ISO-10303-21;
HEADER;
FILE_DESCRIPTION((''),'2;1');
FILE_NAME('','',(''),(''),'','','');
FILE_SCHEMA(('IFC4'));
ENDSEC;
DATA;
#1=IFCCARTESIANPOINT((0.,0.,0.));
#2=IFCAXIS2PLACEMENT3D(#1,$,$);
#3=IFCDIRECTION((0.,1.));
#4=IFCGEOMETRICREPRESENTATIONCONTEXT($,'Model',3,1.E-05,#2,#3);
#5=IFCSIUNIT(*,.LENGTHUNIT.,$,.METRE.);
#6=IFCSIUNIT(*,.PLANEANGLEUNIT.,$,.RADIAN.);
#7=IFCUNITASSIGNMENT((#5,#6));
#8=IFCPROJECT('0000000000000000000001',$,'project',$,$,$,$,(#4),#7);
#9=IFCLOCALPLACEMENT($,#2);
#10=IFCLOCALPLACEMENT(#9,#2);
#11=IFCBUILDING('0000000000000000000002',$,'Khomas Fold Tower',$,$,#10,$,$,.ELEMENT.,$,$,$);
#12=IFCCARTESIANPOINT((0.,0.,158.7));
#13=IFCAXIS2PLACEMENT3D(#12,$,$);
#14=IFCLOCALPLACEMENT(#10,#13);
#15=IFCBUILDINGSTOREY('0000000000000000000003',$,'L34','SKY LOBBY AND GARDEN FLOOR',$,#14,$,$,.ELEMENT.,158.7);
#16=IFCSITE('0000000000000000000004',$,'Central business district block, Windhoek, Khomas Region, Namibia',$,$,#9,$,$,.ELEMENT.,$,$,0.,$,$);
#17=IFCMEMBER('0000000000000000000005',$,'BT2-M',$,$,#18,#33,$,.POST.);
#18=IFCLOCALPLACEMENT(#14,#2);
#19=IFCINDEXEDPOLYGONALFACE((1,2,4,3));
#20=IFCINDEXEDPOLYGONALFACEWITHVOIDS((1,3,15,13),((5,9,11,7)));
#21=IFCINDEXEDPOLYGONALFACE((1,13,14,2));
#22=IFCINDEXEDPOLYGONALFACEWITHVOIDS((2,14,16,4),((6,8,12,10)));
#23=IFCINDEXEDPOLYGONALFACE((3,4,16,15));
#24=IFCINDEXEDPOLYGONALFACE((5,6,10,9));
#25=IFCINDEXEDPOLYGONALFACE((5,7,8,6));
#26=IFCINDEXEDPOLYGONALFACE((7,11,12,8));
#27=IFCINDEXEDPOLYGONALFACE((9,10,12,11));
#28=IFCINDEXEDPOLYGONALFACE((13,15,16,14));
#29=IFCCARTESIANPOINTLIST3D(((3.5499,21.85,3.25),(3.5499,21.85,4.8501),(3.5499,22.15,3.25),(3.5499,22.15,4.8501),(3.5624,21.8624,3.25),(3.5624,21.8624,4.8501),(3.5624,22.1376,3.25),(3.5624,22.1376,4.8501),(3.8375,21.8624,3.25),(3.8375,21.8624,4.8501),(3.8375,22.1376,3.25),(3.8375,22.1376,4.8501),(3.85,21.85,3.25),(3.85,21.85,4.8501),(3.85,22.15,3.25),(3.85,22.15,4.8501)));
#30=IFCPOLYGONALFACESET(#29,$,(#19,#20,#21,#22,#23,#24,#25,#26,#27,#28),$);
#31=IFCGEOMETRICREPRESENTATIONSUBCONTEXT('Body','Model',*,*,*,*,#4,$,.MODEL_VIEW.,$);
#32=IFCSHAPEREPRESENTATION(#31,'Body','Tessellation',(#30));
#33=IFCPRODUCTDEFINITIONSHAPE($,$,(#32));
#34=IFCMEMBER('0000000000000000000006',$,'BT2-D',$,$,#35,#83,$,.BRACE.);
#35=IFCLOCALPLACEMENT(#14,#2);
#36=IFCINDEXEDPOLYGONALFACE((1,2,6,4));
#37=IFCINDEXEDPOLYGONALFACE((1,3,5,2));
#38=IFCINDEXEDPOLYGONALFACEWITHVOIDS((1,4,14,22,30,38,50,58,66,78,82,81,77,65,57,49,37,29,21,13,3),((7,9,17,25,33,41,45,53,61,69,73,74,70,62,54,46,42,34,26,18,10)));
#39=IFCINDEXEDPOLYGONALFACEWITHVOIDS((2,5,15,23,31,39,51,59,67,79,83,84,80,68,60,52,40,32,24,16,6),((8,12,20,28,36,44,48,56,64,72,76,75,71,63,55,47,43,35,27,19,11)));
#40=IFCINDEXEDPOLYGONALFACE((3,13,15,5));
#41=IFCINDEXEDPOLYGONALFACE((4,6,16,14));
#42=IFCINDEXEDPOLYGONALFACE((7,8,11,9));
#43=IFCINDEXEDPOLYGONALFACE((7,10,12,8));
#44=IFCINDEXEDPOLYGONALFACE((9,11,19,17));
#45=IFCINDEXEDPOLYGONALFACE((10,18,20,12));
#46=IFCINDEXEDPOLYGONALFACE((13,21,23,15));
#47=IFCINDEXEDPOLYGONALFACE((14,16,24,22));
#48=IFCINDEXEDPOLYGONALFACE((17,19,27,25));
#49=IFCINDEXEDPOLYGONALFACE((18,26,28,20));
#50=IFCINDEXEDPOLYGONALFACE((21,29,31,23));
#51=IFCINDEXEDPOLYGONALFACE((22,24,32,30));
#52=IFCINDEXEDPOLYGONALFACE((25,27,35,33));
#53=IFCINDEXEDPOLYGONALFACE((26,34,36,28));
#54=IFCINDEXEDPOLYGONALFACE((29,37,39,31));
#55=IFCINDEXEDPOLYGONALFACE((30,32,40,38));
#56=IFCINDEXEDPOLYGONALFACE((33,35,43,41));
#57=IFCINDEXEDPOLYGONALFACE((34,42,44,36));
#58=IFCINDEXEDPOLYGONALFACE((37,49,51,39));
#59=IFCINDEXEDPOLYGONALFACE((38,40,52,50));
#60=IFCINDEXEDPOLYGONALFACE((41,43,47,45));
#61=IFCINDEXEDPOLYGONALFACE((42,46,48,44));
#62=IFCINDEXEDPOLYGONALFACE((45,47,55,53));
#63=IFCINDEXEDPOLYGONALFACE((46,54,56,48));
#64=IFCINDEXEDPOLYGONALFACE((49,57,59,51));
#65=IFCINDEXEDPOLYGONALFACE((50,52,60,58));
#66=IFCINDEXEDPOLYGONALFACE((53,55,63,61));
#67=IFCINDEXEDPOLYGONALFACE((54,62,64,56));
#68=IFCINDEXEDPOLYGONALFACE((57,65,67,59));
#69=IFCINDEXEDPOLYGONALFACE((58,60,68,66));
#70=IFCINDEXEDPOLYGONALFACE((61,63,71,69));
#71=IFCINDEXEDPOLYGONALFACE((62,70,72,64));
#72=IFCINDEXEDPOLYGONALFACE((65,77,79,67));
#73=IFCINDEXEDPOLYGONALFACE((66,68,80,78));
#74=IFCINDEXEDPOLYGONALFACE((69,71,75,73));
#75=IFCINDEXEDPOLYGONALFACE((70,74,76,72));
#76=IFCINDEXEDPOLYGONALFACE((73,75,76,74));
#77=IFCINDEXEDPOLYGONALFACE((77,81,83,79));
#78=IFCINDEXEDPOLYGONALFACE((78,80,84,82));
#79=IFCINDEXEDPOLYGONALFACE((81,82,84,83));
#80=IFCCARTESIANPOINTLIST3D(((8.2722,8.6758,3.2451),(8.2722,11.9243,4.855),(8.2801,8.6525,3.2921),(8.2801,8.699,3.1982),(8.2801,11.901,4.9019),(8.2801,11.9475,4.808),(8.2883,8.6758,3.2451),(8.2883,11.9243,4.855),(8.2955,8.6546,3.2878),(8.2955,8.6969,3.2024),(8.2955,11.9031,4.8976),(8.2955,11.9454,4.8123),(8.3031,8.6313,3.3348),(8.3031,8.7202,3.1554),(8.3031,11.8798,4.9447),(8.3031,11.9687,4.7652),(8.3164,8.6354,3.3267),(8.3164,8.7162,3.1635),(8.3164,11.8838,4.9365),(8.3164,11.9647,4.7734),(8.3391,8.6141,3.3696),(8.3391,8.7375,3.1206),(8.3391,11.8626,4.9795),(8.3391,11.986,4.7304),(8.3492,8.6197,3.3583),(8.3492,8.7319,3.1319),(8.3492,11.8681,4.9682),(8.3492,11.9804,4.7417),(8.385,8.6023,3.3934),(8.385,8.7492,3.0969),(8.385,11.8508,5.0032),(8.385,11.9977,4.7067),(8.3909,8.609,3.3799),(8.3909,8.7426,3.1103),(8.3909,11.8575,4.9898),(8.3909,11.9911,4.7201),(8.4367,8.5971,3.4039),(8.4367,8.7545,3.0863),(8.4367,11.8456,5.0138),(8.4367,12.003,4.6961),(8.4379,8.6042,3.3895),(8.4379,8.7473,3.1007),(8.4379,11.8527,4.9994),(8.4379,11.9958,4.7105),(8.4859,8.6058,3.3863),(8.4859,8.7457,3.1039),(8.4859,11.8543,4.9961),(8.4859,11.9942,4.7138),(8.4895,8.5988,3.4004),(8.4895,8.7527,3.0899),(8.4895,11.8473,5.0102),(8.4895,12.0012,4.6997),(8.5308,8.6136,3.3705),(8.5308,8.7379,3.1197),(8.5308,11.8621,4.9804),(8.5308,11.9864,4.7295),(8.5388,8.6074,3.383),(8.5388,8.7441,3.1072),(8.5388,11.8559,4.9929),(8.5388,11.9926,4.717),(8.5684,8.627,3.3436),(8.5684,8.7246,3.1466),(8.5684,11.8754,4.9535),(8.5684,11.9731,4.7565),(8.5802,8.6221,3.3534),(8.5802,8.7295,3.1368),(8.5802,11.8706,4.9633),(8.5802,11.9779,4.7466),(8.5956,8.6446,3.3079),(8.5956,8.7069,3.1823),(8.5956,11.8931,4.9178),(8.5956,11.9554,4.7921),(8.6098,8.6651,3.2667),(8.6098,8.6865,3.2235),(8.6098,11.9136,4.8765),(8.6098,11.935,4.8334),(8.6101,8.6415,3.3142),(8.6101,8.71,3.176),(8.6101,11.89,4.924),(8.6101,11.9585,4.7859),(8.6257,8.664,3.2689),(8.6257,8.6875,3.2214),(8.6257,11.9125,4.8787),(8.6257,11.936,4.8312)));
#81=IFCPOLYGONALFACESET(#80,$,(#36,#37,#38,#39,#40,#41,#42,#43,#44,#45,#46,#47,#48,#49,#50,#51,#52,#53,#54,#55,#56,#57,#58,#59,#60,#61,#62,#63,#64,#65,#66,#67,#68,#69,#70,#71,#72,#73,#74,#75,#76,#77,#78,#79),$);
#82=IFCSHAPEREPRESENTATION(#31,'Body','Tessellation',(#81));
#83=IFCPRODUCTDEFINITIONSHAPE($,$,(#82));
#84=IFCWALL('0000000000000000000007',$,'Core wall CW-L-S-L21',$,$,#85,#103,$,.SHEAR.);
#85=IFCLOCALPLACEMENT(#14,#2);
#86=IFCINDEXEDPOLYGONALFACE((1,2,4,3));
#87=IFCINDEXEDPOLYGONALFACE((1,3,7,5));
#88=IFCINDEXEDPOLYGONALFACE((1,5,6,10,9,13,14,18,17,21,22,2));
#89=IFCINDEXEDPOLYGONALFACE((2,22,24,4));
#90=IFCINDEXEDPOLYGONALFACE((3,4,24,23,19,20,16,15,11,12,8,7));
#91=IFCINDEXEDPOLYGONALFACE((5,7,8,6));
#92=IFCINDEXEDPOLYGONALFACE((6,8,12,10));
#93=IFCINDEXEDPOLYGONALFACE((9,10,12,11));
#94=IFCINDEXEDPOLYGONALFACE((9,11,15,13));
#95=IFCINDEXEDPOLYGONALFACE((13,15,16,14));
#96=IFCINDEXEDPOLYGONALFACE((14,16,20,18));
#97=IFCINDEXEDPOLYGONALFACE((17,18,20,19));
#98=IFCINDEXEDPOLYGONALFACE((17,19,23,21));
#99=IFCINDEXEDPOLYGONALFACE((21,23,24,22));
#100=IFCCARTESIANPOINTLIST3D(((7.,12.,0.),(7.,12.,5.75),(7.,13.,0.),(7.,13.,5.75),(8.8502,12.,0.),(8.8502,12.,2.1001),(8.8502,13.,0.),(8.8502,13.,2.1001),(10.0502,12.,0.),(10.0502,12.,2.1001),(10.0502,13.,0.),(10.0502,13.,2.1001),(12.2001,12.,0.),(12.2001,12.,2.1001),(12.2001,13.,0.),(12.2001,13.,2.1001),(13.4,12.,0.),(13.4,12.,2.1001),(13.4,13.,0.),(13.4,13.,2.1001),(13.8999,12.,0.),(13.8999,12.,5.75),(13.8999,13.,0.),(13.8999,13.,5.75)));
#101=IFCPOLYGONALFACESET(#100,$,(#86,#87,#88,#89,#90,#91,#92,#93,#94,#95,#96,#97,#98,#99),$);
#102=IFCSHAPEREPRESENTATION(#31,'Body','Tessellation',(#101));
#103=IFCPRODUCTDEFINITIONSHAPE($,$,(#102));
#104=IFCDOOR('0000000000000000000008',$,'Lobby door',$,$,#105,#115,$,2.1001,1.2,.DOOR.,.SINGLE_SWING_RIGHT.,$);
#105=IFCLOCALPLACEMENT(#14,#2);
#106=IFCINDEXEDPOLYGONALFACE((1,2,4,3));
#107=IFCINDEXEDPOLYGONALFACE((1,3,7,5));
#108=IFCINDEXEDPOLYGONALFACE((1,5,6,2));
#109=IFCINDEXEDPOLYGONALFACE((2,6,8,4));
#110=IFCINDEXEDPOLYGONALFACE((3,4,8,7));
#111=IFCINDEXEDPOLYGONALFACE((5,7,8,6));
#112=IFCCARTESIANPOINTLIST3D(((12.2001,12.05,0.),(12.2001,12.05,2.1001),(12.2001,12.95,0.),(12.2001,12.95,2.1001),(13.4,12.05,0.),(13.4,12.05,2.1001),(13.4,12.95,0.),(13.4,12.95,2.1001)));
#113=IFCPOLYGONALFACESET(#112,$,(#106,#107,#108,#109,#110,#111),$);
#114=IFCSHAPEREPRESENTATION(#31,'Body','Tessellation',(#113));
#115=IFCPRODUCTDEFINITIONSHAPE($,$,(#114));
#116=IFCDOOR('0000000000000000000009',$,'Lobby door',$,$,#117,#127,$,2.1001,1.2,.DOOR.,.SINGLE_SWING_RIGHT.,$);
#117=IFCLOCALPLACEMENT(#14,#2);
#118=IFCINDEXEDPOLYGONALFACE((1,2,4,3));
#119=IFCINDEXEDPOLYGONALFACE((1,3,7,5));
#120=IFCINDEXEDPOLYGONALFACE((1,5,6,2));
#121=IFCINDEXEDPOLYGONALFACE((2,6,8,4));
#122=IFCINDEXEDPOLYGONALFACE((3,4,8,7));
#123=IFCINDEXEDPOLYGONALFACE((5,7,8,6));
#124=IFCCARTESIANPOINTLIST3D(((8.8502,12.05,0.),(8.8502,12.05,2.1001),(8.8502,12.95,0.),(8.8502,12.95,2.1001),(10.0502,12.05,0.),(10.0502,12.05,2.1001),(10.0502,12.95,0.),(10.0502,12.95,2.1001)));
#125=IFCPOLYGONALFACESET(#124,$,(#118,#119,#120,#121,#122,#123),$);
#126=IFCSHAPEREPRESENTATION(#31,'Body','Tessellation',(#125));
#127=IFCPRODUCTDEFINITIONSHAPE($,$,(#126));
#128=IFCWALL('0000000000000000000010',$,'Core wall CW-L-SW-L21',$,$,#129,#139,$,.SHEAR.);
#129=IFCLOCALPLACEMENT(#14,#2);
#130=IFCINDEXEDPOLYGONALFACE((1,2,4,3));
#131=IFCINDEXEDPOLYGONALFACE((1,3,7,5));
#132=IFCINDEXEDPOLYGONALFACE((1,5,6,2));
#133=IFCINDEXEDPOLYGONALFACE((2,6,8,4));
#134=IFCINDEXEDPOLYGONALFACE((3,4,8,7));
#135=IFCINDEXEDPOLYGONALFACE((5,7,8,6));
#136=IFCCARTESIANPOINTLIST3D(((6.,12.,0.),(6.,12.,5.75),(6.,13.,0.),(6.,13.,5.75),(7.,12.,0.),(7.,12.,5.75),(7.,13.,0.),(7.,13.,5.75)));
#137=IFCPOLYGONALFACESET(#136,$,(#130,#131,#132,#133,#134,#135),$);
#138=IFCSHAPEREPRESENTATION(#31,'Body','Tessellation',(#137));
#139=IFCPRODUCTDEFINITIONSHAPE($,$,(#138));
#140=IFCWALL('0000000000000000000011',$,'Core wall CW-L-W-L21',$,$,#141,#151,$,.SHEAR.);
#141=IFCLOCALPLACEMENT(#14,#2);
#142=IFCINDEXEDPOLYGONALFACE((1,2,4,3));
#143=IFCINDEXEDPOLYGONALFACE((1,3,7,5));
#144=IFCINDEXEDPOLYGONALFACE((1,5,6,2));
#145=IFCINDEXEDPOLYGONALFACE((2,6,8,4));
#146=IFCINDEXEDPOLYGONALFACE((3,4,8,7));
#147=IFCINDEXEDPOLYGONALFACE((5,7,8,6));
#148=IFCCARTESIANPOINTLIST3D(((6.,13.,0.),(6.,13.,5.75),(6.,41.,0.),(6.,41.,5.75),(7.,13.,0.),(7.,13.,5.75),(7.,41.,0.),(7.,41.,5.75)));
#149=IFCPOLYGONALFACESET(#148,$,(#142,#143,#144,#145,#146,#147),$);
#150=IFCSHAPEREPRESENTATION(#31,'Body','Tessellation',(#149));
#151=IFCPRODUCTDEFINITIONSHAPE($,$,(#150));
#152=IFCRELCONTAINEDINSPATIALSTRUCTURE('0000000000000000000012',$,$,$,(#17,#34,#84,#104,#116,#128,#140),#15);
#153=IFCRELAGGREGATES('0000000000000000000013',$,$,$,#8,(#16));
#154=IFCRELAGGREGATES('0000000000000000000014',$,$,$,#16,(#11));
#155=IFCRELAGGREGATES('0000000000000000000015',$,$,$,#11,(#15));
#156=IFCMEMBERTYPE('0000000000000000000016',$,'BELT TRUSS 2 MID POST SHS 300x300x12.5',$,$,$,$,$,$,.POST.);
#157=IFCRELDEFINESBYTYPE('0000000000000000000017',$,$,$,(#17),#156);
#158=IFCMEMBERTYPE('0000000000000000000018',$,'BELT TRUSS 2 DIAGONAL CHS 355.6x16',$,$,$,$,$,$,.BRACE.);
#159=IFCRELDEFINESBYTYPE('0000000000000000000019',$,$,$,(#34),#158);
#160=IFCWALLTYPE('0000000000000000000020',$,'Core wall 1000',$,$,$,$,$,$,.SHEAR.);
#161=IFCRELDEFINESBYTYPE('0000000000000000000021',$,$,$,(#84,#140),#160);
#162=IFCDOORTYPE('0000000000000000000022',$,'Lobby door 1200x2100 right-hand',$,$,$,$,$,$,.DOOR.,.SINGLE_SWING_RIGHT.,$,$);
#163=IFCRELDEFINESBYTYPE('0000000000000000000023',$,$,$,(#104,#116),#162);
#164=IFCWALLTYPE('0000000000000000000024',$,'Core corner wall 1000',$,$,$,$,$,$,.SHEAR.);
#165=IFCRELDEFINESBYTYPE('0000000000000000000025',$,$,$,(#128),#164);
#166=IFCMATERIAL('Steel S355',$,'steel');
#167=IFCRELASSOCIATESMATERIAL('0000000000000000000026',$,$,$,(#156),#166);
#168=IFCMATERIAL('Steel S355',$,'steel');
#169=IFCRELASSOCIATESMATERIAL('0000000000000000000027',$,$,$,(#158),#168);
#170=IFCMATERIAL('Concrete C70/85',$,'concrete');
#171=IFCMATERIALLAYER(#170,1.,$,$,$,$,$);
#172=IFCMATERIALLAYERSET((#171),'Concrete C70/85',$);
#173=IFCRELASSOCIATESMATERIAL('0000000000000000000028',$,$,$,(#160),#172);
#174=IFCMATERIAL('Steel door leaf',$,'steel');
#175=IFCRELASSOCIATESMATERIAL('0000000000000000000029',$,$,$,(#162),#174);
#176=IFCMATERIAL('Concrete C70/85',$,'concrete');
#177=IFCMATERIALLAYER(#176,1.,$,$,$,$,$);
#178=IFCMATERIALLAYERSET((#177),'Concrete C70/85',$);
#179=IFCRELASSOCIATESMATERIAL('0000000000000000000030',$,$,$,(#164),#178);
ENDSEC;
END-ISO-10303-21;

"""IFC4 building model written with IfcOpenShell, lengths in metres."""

from ifc_helpers import new_model, si_unit, direction, frame, frame_2d, origin, origin_2d, place, context, subcontext, project, spatial, rectangle, hollow_rectangle, hollow_circle, extrude, source, transform, mapped, material, layer, layer_set, material_profile, profile_set, type_object, element, fill, save


model = new_model("IFC4")

# Units and contexts
model_context = context("Model", 3, precision=1e-05, world=origin(), true_north=direction((0.0, 1.0)))
body_context = subcontext(model_context, "Body", "Model", "MODEL_VIEW")
ifc_project = project(units=[si_unit("LENGTHUNIT", "METRE"), si_unit("PLANEANGLEUNIT", "RADIAN")], contexts=[model_context])

# Site, building, storey
site_placement = place(None, origin())
site = spatial("IfcSite", under=ifc_project, at=site_placement, Name="Central business district block, Windhoek, Khomas Region, Namibia", CompositionType="ELEMENT", RefElevation=0.0)
building_placement = place(site_placement, origin())
building = spatial("IfcBuilding", under=site, at=building_placement, Name="Khomas Fold Tower", CompositionType="ELEMENT")
storey_placement = place(building_placement, frame((0.0, 0.0, 158.7)))
storey = spatial("IfcBuildingStorey", under=building, at=storey_placement, Name="L34", Description="SKY LOBBY AND GARDEN FLOOR", CompositionType="ELEMENT", Elevation=158.7)

# Members
ifc_material_1 = material(Name="Steel S355", Category="steel")
ifc_material_profile_1 = material_profile(ifc_material_1, hollow_rectangle(XDim=0.3, YDim=0.3, WallThickness=0.0125, at=origin_2d()), Name="SHS 300x300x12.5")
ifc_profile_set_1 = profile_set([ifc_material_profile_1], Name="Steel S355")
member_type_1 = type_object("IfcMemberType", Name="BELT TRUSS 2 MID POST SHS 300x300x12.5", PredefinedType="POST", material=ifc_profile_set_1)
shared_shape_1 = source(origin(), body_context, "Body", "SweptSolid", [
    extrude(hollow_rectangle(XDim=0.3, YDim=0.3, WallThickness=0.0125, at=origin_2d()), origin(), (0.0, 0.0, 1.0), 1.6001),
])
member_1_placement = place(storey_placement, frame((3.7, 22.0, 3.25), z_axis=(0.0, 0.0, 1.0), x_axis=(1.0, 0.0, 0.0)))
element("IfcMember", 1, at=member_1_placement, inside=storey, type_object=member_type_1, Name="BT2-M", PredefinedType="POST", context=body_context, shape_type="MappedRepresentation", body=[
    mapped(shared_shape_1, transform((0.0, 0.0, 0.0))),
])
ifc_material_2 = material(Name="Steel S355", Category="steel")
ifc_material_profile_2 = material_profile(ifc_material_2, hollow_circle(Radius=0.1777, WallThickness=0.0161, at=origin_2d()), Name="CHS 355.6x16")
ifc_profile_set_2 = profile_set([ifc_material_profile_2], Name="Steel S355")
member_type_2 = type_object("IfcMemberType", Name="BELT TRUSS 2 DIAGONAL CHS 355.6x16", PredefinedType="BRACE", material=ifc_profile_set_2)
shared_shape_2 = source(origin(), body_context, "Body", "SweptSolid", [
    extrude(hollow_circle(Radius=0.1777, WallThickness=0.0161, at=origin_2d()), origin(), (0.0, 0.0, 1.0), 3.6255),
])
member_2_placement = place(storey_placement, frame((8.45, 8.6758, 3.2451), z_axis=(0.0, 0.896011, 0.444032), x_axis=(-1.0, 0.0, 0.0)))
element("IfcMember", 2, at=member_2_placement, inside=storey, type_object=member_type_2, Name="BT2-D", PredefinedType="BRACE", context=body_context, shape_type="MappedRepresentation", body=[
    mapped(shared_shape_2, transform((0.0, 0.0, 0.0))),
])

# Wall, openings, doors
ifc_material_3 = material(Name="Concrete C70/85", Category="concrete")
ifc_layer_1 = layer(ifc_material_3, 1.0)
ifc_layer_set_1 = layer_set([ifc_layer_1], Name="Concrete C70/85")
wall_type_1 = type_object("IfcWallType", Name="Core wall 1000", PredefinedType="SHEAR", material=ifc_layer_set_1)
shared_shape_3 = source(origin(), body_context, "Body", "SweptSolid", [
    extrude(rectangle(XDim=6.8999, YDim=1.0, at=frame_2d((3.45, 0.0))), origin(), (0.0, 0.0, 1.0), 5.75),
])
wall_1_placement = place(storey_placement, frame((7.0, 12.5, 0.0), z_axis=(0.0, 0.0, 1.0), x_axis=(1.0, 0.0, 0.0)))
wall_1 = element("IfcWall", 3, at=wall_1_placement, inside=storey, type_object=wall_type_1, Name="Core wall CW-L-S-L21", PredefinedType="SHEAR", context=body_context, shape_type="MappedRepresentation", body=[
    mapped(shared_shape_3, transform((0.0, 0.0, 0.0))),
])
shared_shape_4 = source(origin(), body_context, "Body", "SweptSolid", [
    extrude(rectangle(XDim=1.2, YDim=2.1001, at=frame_2d((0.6001, 1.05))), frame((0.0, 0.51, 0.0), z_axis=(0.0, -1.0, 0.0), x_axis=(1.0, 0.0, 0.0)), (0.0, 0.0, 1.0), 1.02),
])
opening_1_placement = place(wall_1_placement, frame((5.2, 0.0, 0.0)))
opening_1 = element("IfcOpeningElement", 4, at=opening_1_placement, cuts=wall_1, PredefinedType="OPENING", context=body_context, shape_type="MappedRepresentation", body=[
    mapped(shared_shape_4, transform((0.0, 0.0, 0.0))),
])
opening_2_placement = place(wall_1_placement, frame((1.8501, 0.0, 0.0)))
opening_2 = element("IfcOpeningElement", 5, at=opening_2_placement, cuts=wall_1, PredefinedType="OPENING", context=body_context, shape_type="MappedRepresentation", body=[
    mapped(shared_shape_4, transform((0.0, 0.0, 0.0))),
])
ifc_material_4 = material(Name="Steel door leaf", Category="steel")
door_type_1 = type_object("IfcDoorType", Name="Lobby door 1200x2100 right-hand", OperationType="SINGLE_SWING_RIGHT", PredefinedType="DOOR", material=ifc_material_4)
shared_shape_5 = source(origin(), body_context, "Body", "SweptSolid", [
    extrude(rectangle(XDim=1.2, YDim=2.1001, at=frame_2d((0.6001, 1.05))), frame((0.0, 0.45, 0.0), z_axis=(0.0, -1.0, 0.0), x_axis=(1.0, 0.0, 0.0)), (0.0, 0.0, 1.0), 0.8999),
])
door_1_placement = place(opening_1_placement, origin())
door_1 = element("IfcDoor", 6, at=door_1_placement, inside=storey, type_object=door_type_1, Name="Lobby door", OperationType="SINGLE_SWING_RIGHT", OverallHeight=2.1001, OverallWidth=1.2, PredefinedType="DOOR", context=body_context, shape_type="MappedRepresentation", body=[
    mapped(shared_shape_5, transform((0.0, 0.0, 0.0))),
])
fill(opening_1, door_1)
door_2_placement = place(opening_2_placement, origin())
door_2 = element("IfcDoor", 7, at=door_2_placement, inside=storey, type_object=door_type_1, Name="Lobby door", OperationType="SINGLE_SWING_RIGHT", OverallHeight=2.1001, OverallWidth=1.2, PredefinedType="DOOR", context=body_context, shape_type="MappedRepresentation", body=[
    mapped(shared_shape_5, transform((0.0, 0.0, 0.0))),
])
fill(opening_2, door_2)

# Walls
ifc_material_5 = material(Name="Concrete C70/85", Category="concrete")
ifc_layer_2 = layer(ifc_material_5, 1.0)
ifc_layer_set_2 = layer_set([ifc_layer_2], Name="Concrete C70/85")
wall_type_2 = type_object("IfcWallType", Name="Core corner wall 1000", PredefinedType="SHEAR", material=ifc_layer_set_2)
shared_shape_6 = source(origin(), body_context, "Body", "SweptSolid", [
    extrude(rectangle(XDim=1.0, YDim=1.0, at=frame_2d((0.5, 0.0))), origin(), (0.0, 0.0, 1.0), 5.75),
])
wall_2_placement = place(storey_placement, frame((6.0, 12.5, 0.0), z_axis=(0.0, 0.0, 1.0), x_axis=(1.0, 0.0, 0.0)))
element("IfcWall", 8, at=wall_2_placement, inside=storey, type_object=wall_type_2, Name="Core wall CW-L-SW-L21", PredefinedType="SHEAR", context=body_context, shape_type="MappedRepresentation", body=[
    mapped(shared_shape_6, transform((0.0, 0.0, 0.0))),
])
shared_shape_7 = source(origin(), body_context, "Body", "SweptSolid", [
    extrude(rectangle(XDim=28.0, YDim=1.0, at=frame_2d((14.0, 0.0))), origin(), (0.0, 0.0, 1.0), 5.75),
])
wall_3_placement = place(storey_placement, frame((6.5, 13.0, 0.0), z_axis=(0.0, 0.0, 1.0), x_axis=(0.0, 1.0, 0.0)))
element("IfcWall", 9, at=wall_3_placement, inside=storey, type_object=wall_type_1, Name="Core wall CW-L-W-L21", PredefinedType="SHEAR", context=body_context, shape_type="MappedRepresentation", body=[
    mapped(shared_shape_7, transform((0.0, 0.0, 0.0))),
])

save(model, "model.ifc")
